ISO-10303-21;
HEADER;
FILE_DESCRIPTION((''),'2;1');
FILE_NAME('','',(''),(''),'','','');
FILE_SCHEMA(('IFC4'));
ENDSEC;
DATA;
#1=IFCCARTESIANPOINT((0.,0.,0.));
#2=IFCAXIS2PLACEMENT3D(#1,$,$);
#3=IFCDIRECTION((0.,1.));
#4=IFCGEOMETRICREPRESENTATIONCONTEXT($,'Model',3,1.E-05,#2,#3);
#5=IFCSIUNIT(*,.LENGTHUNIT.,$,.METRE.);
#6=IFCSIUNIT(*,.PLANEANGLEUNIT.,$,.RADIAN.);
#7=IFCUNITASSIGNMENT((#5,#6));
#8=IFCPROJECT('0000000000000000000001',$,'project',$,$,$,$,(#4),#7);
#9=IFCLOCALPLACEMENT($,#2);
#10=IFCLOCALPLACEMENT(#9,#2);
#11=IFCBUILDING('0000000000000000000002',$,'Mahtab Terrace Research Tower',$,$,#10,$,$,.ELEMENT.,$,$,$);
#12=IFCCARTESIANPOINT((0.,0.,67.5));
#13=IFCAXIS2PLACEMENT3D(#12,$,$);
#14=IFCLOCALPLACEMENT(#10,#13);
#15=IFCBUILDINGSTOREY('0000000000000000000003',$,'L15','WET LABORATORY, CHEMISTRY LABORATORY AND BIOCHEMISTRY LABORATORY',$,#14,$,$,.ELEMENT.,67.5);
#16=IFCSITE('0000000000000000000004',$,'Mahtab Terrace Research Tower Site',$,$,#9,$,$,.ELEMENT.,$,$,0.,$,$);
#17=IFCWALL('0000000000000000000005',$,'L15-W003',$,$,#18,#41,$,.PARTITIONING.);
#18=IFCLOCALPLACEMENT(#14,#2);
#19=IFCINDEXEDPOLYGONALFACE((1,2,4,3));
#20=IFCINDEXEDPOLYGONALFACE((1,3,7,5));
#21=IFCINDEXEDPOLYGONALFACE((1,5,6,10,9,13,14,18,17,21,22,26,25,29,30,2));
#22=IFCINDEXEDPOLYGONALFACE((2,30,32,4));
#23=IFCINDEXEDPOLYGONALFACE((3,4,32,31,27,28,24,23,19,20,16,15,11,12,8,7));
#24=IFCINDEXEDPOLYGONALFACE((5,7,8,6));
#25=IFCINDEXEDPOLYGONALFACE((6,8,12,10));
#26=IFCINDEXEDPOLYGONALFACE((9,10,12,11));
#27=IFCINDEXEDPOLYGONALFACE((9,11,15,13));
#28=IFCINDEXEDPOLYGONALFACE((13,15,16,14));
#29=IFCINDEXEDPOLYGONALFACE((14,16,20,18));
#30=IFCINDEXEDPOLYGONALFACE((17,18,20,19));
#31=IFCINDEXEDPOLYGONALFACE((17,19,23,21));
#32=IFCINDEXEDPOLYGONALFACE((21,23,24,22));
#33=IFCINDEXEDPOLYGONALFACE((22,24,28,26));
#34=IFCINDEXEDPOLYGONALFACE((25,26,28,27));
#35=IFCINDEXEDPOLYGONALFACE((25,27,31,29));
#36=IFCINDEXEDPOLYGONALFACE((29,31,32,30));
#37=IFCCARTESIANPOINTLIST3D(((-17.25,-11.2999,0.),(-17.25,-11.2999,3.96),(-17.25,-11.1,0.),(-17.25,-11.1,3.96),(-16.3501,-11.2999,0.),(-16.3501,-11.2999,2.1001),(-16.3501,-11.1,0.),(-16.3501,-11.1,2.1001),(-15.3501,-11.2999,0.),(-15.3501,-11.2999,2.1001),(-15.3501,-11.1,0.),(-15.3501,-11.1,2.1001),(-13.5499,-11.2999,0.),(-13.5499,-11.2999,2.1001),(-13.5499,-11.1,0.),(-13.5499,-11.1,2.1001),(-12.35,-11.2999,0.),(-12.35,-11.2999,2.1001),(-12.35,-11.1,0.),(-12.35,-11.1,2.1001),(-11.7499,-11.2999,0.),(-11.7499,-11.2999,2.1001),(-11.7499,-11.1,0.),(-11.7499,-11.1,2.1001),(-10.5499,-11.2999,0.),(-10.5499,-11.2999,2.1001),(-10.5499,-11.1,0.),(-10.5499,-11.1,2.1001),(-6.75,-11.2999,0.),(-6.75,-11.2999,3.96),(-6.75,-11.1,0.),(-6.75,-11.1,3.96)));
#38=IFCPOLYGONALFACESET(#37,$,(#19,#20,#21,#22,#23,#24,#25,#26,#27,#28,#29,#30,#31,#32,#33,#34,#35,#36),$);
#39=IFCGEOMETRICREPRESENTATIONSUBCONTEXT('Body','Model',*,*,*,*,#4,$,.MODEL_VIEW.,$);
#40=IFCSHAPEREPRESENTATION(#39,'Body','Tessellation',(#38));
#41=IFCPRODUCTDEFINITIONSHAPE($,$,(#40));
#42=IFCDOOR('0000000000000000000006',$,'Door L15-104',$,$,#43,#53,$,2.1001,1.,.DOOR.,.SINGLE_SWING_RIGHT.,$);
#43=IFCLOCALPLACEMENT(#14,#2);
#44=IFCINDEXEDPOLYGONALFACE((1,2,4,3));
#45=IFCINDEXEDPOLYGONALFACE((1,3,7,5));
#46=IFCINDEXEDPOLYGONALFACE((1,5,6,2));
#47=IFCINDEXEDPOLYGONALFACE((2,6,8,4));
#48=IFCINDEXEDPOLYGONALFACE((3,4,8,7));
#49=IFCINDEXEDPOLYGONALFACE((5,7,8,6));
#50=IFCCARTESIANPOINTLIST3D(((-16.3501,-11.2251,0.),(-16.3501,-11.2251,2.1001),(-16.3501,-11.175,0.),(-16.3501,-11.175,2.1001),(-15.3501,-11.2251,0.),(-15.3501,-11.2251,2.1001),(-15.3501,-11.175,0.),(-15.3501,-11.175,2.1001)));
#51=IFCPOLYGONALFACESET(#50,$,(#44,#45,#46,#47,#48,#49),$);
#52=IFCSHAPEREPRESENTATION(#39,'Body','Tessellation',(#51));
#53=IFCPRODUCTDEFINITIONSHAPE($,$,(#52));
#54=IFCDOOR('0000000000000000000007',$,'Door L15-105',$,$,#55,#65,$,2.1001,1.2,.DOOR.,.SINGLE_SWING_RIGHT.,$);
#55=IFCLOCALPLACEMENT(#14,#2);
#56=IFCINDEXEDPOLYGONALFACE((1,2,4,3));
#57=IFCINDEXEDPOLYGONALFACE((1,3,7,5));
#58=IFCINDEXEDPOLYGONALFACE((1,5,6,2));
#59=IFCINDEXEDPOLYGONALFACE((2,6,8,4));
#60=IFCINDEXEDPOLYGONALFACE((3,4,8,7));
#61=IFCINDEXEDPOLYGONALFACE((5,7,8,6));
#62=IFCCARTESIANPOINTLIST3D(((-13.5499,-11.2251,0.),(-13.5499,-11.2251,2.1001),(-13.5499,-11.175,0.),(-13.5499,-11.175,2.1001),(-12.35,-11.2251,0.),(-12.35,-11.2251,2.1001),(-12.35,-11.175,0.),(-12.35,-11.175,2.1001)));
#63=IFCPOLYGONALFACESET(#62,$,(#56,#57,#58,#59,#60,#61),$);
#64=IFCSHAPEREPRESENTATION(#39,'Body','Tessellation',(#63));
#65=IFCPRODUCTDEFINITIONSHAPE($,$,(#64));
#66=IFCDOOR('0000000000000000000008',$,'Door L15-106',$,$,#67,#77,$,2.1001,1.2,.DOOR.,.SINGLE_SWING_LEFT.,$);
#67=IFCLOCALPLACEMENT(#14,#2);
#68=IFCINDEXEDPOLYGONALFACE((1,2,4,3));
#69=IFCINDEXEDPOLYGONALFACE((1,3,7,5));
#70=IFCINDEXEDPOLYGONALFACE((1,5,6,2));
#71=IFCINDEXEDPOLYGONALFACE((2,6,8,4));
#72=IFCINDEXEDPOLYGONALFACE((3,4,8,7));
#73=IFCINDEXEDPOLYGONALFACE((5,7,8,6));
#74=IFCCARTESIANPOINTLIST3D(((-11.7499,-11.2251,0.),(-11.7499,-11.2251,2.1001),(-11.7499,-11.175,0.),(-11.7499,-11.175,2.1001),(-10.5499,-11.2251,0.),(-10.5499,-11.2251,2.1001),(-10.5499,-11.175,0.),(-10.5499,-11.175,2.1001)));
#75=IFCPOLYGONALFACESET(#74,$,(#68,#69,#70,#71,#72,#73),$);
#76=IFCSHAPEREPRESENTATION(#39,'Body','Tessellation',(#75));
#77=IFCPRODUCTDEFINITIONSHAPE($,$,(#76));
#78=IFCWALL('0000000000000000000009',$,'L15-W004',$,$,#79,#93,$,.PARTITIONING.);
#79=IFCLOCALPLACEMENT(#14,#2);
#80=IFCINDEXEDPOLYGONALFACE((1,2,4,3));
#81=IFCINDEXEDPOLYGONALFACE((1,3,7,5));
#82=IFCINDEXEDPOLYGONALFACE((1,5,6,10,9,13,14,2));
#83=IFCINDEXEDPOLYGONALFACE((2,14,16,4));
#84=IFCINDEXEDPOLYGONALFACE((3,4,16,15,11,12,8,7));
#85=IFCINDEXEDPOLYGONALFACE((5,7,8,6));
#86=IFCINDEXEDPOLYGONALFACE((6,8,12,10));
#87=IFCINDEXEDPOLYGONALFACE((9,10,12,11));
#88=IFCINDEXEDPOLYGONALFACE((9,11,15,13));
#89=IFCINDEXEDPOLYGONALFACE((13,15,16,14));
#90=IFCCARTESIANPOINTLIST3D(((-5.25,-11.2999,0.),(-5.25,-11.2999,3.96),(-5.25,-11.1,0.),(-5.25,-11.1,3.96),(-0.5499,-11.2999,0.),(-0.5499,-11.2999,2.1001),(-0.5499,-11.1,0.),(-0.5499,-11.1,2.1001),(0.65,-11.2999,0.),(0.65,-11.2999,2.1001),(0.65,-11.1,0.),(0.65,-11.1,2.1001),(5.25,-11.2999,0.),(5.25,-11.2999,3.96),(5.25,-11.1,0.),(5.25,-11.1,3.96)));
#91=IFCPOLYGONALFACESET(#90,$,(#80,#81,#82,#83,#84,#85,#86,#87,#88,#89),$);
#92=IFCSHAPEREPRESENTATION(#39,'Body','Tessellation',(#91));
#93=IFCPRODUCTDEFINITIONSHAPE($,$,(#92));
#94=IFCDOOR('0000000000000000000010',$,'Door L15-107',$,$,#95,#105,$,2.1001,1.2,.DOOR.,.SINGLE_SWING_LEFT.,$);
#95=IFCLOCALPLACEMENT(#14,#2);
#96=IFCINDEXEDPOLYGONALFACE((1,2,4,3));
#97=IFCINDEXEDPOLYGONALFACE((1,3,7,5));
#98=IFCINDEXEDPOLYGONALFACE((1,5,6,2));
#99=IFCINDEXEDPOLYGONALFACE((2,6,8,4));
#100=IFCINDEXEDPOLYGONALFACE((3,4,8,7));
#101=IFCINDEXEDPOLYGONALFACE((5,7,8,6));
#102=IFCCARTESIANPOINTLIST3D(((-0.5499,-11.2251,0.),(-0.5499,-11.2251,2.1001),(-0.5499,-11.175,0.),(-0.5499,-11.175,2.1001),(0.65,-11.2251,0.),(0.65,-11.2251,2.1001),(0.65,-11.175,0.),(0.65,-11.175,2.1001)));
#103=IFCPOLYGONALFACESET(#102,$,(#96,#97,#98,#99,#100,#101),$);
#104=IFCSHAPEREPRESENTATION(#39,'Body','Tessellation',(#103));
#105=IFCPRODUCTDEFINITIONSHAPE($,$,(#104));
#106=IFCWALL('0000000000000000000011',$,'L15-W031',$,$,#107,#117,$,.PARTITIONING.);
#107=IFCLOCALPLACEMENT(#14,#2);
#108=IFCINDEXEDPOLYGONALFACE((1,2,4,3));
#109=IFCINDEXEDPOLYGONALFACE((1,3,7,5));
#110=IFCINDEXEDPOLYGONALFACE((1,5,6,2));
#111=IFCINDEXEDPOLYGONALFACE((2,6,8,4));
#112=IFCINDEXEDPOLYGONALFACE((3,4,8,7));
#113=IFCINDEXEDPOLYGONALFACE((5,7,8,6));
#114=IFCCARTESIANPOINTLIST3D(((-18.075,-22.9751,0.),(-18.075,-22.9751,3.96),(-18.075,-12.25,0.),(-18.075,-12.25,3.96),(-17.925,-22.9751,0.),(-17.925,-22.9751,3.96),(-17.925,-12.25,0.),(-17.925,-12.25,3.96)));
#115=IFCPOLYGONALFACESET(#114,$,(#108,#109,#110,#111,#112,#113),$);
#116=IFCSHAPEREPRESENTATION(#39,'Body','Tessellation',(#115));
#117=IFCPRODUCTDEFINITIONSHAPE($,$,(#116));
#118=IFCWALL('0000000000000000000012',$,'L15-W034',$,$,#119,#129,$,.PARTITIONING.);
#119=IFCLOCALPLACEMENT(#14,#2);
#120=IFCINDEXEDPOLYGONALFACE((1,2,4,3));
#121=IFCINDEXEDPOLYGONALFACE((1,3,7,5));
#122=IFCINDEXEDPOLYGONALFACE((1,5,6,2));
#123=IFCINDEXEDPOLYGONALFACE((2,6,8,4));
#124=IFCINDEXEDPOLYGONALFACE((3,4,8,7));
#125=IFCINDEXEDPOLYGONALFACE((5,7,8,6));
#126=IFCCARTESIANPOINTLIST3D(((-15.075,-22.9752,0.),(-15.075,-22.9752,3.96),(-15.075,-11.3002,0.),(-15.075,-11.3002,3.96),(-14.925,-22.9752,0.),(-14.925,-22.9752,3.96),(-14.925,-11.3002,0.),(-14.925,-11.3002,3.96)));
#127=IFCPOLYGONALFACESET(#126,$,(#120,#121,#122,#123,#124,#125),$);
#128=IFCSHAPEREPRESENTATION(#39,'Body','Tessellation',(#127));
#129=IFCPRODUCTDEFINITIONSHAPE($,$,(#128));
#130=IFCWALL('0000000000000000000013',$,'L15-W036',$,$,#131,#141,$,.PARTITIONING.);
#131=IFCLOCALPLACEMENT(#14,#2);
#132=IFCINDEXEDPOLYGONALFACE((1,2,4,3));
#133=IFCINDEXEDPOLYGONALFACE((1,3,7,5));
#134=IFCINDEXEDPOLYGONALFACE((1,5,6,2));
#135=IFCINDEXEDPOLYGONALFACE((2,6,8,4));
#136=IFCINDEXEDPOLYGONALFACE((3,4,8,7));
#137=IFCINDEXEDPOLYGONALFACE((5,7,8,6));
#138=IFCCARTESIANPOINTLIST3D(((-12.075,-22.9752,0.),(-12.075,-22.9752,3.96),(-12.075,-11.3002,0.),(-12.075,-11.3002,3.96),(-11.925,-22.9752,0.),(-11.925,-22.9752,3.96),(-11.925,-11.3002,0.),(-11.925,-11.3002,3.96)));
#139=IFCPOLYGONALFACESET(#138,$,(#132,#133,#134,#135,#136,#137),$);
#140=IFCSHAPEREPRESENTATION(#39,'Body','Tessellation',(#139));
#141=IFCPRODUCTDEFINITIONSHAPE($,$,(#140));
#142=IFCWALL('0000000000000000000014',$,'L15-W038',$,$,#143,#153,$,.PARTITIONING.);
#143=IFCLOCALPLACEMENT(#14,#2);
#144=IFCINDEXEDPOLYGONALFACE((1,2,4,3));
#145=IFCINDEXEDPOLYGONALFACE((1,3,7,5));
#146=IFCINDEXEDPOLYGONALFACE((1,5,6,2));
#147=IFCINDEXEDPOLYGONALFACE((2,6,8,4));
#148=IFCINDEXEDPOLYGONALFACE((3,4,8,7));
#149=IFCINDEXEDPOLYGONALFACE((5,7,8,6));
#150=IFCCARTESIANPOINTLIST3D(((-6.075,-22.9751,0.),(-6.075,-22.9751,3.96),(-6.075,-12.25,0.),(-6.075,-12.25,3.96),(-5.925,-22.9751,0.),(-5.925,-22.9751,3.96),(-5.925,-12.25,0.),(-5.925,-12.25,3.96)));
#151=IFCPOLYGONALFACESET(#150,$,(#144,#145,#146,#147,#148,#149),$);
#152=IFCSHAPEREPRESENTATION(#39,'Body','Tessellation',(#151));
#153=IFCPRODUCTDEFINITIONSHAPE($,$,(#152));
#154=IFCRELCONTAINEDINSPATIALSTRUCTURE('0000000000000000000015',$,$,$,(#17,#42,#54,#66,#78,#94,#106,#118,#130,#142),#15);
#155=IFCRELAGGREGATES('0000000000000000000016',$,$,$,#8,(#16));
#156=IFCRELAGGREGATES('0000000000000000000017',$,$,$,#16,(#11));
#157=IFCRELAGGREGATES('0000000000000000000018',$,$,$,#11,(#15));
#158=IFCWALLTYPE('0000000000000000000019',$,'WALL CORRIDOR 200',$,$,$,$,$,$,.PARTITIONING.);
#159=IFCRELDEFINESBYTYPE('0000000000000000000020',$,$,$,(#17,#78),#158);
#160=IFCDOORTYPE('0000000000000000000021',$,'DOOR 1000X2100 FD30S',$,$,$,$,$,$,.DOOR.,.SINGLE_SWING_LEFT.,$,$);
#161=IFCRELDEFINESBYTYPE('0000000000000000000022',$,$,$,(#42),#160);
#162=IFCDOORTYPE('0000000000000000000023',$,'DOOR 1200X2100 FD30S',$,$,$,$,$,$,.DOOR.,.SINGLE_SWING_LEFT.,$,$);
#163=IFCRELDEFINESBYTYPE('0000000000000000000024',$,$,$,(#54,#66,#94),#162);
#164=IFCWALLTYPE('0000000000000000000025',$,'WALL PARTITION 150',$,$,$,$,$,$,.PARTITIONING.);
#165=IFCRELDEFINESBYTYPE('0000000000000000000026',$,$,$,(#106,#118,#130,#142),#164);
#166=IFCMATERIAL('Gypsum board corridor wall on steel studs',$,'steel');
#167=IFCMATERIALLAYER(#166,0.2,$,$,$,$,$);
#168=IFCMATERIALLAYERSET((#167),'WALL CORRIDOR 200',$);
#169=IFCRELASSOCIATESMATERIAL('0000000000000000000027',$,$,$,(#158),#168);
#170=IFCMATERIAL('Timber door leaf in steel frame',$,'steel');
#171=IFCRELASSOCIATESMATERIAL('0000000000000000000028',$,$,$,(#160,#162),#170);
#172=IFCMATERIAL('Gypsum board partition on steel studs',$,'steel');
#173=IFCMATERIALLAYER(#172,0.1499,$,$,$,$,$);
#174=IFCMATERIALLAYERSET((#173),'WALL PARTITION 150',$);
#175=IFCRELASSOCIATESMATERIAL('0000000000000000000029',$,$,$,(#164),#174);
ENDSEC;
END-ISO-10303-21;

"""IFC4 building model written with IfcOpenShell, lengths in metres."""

from ifc_helpers import new_model, si_unit, direction, frame, frame_2d, origin, place, context, subcontext, project, spatial, rectangle, extrude, material, layer, layer_set, type_object, element, fill, save


model = new_model("IFC4")

# Units and contexts
model_context = context("Model", 3, precision=1e-05, world=origin(), true_north=direction((0.0, 1.0)))
body_context = subcontext(model_context, "Body", "Model", "MODEL_VIEW")
ifc_project = project(units=[si_unit("LENGTHUNIT", "METRE"), si_unit("PLANEANGLEUNIT", "RADIAN")], contexts=[model_context])

# Site, building, storey
site_placement = place(None, origin())
site = spatial("IfcSite", under=ifc_project, at=site_placement, Name="Mahtab Terrace Research Tower Site", CompositionType="ELEMENT", RefElevation=0.0)
building_placement = place(site_placement, origin())
building = spatial("IfcBuilding", under=site, at=building_placement, Name="Mahtab Terrace Research Tower", CompositionType="ELEMENT")
storey_placement = place(building_placement, frame((0.0, 0.0, 67.5)))
storey = spatial("IfcBuildingStorey", under=building, at=storey_placement, Name="L15", Description="WET LABORATORY, CHEMISTRY LABORATORY AND BIOCHEMISTRY LABORATORY", CompositionType="ELEMENT", Elevation=67.5)

# Shared definitions
ifc_material_1 = material(Name="Timber door leaf in steel frame", Category="steel")

# Wall, openings, doors
ifc_material_2 = material(Name="Gypsum board corridor wall on steel studs", Category="steel")
ifc_layer_1 = layer(ifc_material_2, 0.2)
ifc_layer_set_1 = layer_set([ifc_layer_1], Name="WALL CORRIDOR 200")
wall_type_1 = type_object("IfcWallType", Name="WALL CORRIDOR 200", PredefinedType="PARTITIONING", material=ifc_layer_set_1)
wall_1_placement = place(storey_placement, frame((-17.25, -11.2, 0.0), z_axis=(0.0, 0.0, 1.0), x_axis=(1.0, 0.0, 0.0)))
wall_1 = element("IfcWall", 1, at=wall_1_placement, inside=storey, type_object=wall_type_1, Name="L15-W003", PredefinedType="PARTITIONING", context=body_context, shape_type="SweptSolid", body=[
    extrude(rectangle(XDim=10.5, YDim=0.2, at=frame_2d((5.25, 0.0))), origin(), (0.0, 0.0, 1.0), 3.96),
])
opening_1_placement = place(wall_1_placement, frame((0.8999, 0.0, 0.0)))
opening_1 = element("IfcOpeningElement", 2, at=opening_1_placement, cuts=wall_1, PredefinedType="OPENING", context=body_context, shape_type="SweptSolid", body=[
    extrude(rectangle(XDim=1.0, YDim=2.1001, at=frame_2d((0.5, 1.05))), frame((0.0, 0.1099, 0.0), z_axis=(0.0, -1.0, 0.0), x_axis=(1.0, 0.0, 0.0)), (0.0, 0.0, 1.0), 0.22),
])
opening_2_placement = place(wall_1_placement, frame((3.7, 0.0, 0.0)))
opening_2 = element("IfcOpeningElement", 3, at=opening_2_placement, cuts=wall_1, PredefinedType="OPENING", context=body_context, shape_type="SweptSolid", body=[
    extrude(rectangle(XDim=1.2, YDim=2.1001, at=frame_2d((0.6001, 1.05))), frame((0.0, 0.1099, 0.0), z_axis=(0.0, -1.0, 0.0), x_axis=(1.0, 0.0, 0.0)), (0.0, 0.0, 1.0), 0.22),
])
opening_3_placement = place(wall_1_placement, frame((5.5, 0.0, 0.0)))
opening_3 = element("IfcOpeningElement", 4, at=opening_3_placement, cuts=wall_1, PredefinedType="OPENING", context=body_context, shape_type="SweptSolid", body=[
    extrude(rectangle(XDim=1.2, YDim=2.1001, at=frame_2d((0.6001, 1.05))), frame((0.0, 0.1099, 0.0), z_axis=(0.0, -1.0, 0.0), x_axis=(1.0, 0.0, 0.0)), (0.0, 0.0, 1.0), 0.22),
])
door_type_1 = type_object("IfcDoorType", Name="DOOR 1000X2100 FD30S", OperationType="SINGLE_SWING_LEFT", PredefinedType="DOOR", material=ifc_material_1)
door_1_placement = place(opening_1_placement, origin())
door_1 = element("IfcDoor", 5, at=door_1_placement, inside=storey, type_object=door_type_1, Name="Door L15-104", OperationType="SINGLE_SWING_RIGHT", OverallHeight=2.1001, OverallWidth=1.0, PredefinedType="DOOR", context=body_context, shape_type="SweptSolid", body=[
    extrude(rectangle(XDim=1.0, YDim=2.1001, at=frame_2d((0.5, 1.05))), frame((0.0, 0.0249, 0.0), z_axis=(0.0, -1.0, 0.0), x_axis=(1.0, 0.0, 0.0)), (0.0, 0.0, 1.0), 0.05),
])
fill(opening_1, door_1)
door_type_2 = type_object("IfcDoorType", Name="DOOR 1200X2100 FD30S", OperationType="SINGLE_SWING_LEFT", PredefinedType="DOOR", material=ifc_material_1)
door_2_placement = place(opening_2_placement, origin())
door_2 = element("IfcDoor", 6, at=door_2_placement, inside=storey, type_object=door_type_2, Name="Door L15-105", OperationType="SINGLE_SWING_RIGHT", OverallHeight=2.1001, OverallWidth=1.2, PredefinedType="DOOR", context=body_context, shape_type="SweptSolid", body=[
    extrude(rectangle(XDim=1.2, YDim=2.1001, at=frame_2d((0.6001, 1.05))), frame((0.0, 0.0249, 0.0), z_axis=(0.0, -1.0, 0.0), x_axis=(1.0, 0.0, 0.0)), (0.0, 0.0, 1.0), 0.05),
])
fill(opening_2, door_2)
door_3_placement = place(opening_3_placement, origin())
door_3 = element("IfcDoor", 7, at=door_3_placement, inside=storey, type_object=door_type_2, Name="Door L15-106", OperationType="SINGLE_SWING_LEFT", OverallHeight=2.1001, OverallWidth=1.2, PredefinedType="DOOR", context=body_context, shape_type="SweptSolid", body=[
    extrude(rectangle(XDim=1.2, YDim=2.1001, at=frame_2d((0.6001, 1.05))), frame((0.0, 0.0249, 0.0), z_axis=(0.0, -1.0, 0.0), x_axis=(1.0, 0.0, 0.0)), (0.0, 0.0, 1.0), 0.05),
])
fill(opening_3, door_3)

# Wall, opening, door
wall_2_placement = place(storey_placement, frame((-5.25, -11.2, 0.0), z_axis=(0.0, 0.0, 1.0), x_axis=(1.0, 0.0, 0.0)))
wall_2 = element("IfcWall", 8, at=wall_2_placement, inside=storey, type_object=wall_type_1, Name="L15-W004", PredefinedType="PARTITIONING", context=body_context, shape_type="SweptSolid", body=[
    extrude(rectangle(XDim=10.5, YDim=0.2, at=frame_2d((5.25, 0.0))), origin(), (0.0, 0.0, 1.0), 3.96),
])
opening_4_placement = place(wall_2_placement, frame((4.7, 0.0, 0.0)))
opening_4 = element("IfcOpeningElement", 9, at=opening_4_placement, cuts=wall_2, PredefinedType="OPENING", context=body_context, shape_type="SweptSolid", body=[
    extrude(rectangle(XDim=1.2, YDim=2.1001, at=frame_2d((0.6001, 1.05))), frame((0.0, 0.1099, 0.0), z_axis=(0.0, -1.0, 0.0), x_axis=(1.0, 0.0, 0.0)), (0.0, 0.0, 1.0), 0.22),
])
door_4_placement = place(opening_4_placement, origin())
door_4 = element("IfcDoor", 10, at=door_4_placement, inside=storey, type_object=door_type_2, Name="Door L15-107", OperationType="SINGLE_SWING_LEFT", OverallHeight=2.1001, OverallWidth=1.2, PredefinedType="DOOR", context=body_context, shape_type="SweptSolid", body=[
    extrude(rectangle(XDim=1.2, YDim=2.1001, at=frame_2d((0.6001, 1.05))), frame((0.0, 0.0249, 0.0), z_axis=(0.0, -1.0, 0.0), x_axis=(1.0, 0.0, 0.0)), (0.0, 0.0, 1.0), 0.05),
])
fill(opening_4, door_4)

# Walls
ifc_material_3 = material(Name="Gypsum board partition on steel studs", Category="steel")
ifc_layer_2 = layer(ifc_material_3, 0.1499)
ifc_layer_set_2 = layer_set([ifc_layer_2], Name="WALL PARTITION 150")
wall_type_2 = type_object("IfcWallType", Name="WALL PARTITION 150", PredefinedType="PARTITIONING", material=ifc_layer_set_2)
wall_3_placement = place(storey_placement, frame((-18.0, -22.9751, 0.0), z_axis=(0.0, 0.0, 1.0), x_axis=(0.0, 1.0, 0.0)))
element("IfcWall", 11, at=wall_3_placement, inside=storey, type_object=wall_type_2, Name="L15-W031", PredefinedType="PARTITIONING", context=body_context, shape_type="SweptSolid", body=[
    extrude(rectangle(XDim=10.7251, YDim=0.1499, at=frame_2d((5.3625, 0.0))), origin(), (0.0, 0.0, 1.0), 3.96),
])
for number, where, z_axis, x_axis, name in (
    (12, (-15.0, -22.9751, 0.0), (0.0, 0.0, 1.0), (0.0, 1.0, 0.0), "L15-W034"),
    (13, (-12.0, -22.9751, 0.0), (0.0, 0.0, 1.0), (0.0, 1.0, 0.0), "L15-W036"),
):
    element("IfcWall", number, at=place(storey_placement, frame(where, z_axis=z_axis, x_axis=x_axis)), inside=storey, type_object=wall_type_2, Name=name, PredefinedType="PARTITIONING", context=body_context, shape_type="SweptSolid", body=[
        extrude(rectangle(XDim=11.675, YDim=0.1499, at=frame_2d((5.8374, 0.0))), origin(), (0.0, 0.0, 1.0), 3.96),
    ])
wall_4_placement = place(storey_placement, frame((-6.0, -22.9751, 0.0), z_axis=(0.0, 0.0, 1.0), x_axis=(0.0, 1.0, 0.0)))
element("IfcWall", 14, at=wall_4_placement, inside=storey, type_object=wall_type_2, Name="L15-W038", PredefinedType="PARTITIONING", context=body_context, shape_type="SweptSolid", body=[
    extrude(rectangle(XDim=10.7251, YDim=0.1499, at=frame_2d((5.3625, 0.0))), origin(), (0.0, 0.0, 1.0), 3.96),
])

save(model, "model.ifc")
